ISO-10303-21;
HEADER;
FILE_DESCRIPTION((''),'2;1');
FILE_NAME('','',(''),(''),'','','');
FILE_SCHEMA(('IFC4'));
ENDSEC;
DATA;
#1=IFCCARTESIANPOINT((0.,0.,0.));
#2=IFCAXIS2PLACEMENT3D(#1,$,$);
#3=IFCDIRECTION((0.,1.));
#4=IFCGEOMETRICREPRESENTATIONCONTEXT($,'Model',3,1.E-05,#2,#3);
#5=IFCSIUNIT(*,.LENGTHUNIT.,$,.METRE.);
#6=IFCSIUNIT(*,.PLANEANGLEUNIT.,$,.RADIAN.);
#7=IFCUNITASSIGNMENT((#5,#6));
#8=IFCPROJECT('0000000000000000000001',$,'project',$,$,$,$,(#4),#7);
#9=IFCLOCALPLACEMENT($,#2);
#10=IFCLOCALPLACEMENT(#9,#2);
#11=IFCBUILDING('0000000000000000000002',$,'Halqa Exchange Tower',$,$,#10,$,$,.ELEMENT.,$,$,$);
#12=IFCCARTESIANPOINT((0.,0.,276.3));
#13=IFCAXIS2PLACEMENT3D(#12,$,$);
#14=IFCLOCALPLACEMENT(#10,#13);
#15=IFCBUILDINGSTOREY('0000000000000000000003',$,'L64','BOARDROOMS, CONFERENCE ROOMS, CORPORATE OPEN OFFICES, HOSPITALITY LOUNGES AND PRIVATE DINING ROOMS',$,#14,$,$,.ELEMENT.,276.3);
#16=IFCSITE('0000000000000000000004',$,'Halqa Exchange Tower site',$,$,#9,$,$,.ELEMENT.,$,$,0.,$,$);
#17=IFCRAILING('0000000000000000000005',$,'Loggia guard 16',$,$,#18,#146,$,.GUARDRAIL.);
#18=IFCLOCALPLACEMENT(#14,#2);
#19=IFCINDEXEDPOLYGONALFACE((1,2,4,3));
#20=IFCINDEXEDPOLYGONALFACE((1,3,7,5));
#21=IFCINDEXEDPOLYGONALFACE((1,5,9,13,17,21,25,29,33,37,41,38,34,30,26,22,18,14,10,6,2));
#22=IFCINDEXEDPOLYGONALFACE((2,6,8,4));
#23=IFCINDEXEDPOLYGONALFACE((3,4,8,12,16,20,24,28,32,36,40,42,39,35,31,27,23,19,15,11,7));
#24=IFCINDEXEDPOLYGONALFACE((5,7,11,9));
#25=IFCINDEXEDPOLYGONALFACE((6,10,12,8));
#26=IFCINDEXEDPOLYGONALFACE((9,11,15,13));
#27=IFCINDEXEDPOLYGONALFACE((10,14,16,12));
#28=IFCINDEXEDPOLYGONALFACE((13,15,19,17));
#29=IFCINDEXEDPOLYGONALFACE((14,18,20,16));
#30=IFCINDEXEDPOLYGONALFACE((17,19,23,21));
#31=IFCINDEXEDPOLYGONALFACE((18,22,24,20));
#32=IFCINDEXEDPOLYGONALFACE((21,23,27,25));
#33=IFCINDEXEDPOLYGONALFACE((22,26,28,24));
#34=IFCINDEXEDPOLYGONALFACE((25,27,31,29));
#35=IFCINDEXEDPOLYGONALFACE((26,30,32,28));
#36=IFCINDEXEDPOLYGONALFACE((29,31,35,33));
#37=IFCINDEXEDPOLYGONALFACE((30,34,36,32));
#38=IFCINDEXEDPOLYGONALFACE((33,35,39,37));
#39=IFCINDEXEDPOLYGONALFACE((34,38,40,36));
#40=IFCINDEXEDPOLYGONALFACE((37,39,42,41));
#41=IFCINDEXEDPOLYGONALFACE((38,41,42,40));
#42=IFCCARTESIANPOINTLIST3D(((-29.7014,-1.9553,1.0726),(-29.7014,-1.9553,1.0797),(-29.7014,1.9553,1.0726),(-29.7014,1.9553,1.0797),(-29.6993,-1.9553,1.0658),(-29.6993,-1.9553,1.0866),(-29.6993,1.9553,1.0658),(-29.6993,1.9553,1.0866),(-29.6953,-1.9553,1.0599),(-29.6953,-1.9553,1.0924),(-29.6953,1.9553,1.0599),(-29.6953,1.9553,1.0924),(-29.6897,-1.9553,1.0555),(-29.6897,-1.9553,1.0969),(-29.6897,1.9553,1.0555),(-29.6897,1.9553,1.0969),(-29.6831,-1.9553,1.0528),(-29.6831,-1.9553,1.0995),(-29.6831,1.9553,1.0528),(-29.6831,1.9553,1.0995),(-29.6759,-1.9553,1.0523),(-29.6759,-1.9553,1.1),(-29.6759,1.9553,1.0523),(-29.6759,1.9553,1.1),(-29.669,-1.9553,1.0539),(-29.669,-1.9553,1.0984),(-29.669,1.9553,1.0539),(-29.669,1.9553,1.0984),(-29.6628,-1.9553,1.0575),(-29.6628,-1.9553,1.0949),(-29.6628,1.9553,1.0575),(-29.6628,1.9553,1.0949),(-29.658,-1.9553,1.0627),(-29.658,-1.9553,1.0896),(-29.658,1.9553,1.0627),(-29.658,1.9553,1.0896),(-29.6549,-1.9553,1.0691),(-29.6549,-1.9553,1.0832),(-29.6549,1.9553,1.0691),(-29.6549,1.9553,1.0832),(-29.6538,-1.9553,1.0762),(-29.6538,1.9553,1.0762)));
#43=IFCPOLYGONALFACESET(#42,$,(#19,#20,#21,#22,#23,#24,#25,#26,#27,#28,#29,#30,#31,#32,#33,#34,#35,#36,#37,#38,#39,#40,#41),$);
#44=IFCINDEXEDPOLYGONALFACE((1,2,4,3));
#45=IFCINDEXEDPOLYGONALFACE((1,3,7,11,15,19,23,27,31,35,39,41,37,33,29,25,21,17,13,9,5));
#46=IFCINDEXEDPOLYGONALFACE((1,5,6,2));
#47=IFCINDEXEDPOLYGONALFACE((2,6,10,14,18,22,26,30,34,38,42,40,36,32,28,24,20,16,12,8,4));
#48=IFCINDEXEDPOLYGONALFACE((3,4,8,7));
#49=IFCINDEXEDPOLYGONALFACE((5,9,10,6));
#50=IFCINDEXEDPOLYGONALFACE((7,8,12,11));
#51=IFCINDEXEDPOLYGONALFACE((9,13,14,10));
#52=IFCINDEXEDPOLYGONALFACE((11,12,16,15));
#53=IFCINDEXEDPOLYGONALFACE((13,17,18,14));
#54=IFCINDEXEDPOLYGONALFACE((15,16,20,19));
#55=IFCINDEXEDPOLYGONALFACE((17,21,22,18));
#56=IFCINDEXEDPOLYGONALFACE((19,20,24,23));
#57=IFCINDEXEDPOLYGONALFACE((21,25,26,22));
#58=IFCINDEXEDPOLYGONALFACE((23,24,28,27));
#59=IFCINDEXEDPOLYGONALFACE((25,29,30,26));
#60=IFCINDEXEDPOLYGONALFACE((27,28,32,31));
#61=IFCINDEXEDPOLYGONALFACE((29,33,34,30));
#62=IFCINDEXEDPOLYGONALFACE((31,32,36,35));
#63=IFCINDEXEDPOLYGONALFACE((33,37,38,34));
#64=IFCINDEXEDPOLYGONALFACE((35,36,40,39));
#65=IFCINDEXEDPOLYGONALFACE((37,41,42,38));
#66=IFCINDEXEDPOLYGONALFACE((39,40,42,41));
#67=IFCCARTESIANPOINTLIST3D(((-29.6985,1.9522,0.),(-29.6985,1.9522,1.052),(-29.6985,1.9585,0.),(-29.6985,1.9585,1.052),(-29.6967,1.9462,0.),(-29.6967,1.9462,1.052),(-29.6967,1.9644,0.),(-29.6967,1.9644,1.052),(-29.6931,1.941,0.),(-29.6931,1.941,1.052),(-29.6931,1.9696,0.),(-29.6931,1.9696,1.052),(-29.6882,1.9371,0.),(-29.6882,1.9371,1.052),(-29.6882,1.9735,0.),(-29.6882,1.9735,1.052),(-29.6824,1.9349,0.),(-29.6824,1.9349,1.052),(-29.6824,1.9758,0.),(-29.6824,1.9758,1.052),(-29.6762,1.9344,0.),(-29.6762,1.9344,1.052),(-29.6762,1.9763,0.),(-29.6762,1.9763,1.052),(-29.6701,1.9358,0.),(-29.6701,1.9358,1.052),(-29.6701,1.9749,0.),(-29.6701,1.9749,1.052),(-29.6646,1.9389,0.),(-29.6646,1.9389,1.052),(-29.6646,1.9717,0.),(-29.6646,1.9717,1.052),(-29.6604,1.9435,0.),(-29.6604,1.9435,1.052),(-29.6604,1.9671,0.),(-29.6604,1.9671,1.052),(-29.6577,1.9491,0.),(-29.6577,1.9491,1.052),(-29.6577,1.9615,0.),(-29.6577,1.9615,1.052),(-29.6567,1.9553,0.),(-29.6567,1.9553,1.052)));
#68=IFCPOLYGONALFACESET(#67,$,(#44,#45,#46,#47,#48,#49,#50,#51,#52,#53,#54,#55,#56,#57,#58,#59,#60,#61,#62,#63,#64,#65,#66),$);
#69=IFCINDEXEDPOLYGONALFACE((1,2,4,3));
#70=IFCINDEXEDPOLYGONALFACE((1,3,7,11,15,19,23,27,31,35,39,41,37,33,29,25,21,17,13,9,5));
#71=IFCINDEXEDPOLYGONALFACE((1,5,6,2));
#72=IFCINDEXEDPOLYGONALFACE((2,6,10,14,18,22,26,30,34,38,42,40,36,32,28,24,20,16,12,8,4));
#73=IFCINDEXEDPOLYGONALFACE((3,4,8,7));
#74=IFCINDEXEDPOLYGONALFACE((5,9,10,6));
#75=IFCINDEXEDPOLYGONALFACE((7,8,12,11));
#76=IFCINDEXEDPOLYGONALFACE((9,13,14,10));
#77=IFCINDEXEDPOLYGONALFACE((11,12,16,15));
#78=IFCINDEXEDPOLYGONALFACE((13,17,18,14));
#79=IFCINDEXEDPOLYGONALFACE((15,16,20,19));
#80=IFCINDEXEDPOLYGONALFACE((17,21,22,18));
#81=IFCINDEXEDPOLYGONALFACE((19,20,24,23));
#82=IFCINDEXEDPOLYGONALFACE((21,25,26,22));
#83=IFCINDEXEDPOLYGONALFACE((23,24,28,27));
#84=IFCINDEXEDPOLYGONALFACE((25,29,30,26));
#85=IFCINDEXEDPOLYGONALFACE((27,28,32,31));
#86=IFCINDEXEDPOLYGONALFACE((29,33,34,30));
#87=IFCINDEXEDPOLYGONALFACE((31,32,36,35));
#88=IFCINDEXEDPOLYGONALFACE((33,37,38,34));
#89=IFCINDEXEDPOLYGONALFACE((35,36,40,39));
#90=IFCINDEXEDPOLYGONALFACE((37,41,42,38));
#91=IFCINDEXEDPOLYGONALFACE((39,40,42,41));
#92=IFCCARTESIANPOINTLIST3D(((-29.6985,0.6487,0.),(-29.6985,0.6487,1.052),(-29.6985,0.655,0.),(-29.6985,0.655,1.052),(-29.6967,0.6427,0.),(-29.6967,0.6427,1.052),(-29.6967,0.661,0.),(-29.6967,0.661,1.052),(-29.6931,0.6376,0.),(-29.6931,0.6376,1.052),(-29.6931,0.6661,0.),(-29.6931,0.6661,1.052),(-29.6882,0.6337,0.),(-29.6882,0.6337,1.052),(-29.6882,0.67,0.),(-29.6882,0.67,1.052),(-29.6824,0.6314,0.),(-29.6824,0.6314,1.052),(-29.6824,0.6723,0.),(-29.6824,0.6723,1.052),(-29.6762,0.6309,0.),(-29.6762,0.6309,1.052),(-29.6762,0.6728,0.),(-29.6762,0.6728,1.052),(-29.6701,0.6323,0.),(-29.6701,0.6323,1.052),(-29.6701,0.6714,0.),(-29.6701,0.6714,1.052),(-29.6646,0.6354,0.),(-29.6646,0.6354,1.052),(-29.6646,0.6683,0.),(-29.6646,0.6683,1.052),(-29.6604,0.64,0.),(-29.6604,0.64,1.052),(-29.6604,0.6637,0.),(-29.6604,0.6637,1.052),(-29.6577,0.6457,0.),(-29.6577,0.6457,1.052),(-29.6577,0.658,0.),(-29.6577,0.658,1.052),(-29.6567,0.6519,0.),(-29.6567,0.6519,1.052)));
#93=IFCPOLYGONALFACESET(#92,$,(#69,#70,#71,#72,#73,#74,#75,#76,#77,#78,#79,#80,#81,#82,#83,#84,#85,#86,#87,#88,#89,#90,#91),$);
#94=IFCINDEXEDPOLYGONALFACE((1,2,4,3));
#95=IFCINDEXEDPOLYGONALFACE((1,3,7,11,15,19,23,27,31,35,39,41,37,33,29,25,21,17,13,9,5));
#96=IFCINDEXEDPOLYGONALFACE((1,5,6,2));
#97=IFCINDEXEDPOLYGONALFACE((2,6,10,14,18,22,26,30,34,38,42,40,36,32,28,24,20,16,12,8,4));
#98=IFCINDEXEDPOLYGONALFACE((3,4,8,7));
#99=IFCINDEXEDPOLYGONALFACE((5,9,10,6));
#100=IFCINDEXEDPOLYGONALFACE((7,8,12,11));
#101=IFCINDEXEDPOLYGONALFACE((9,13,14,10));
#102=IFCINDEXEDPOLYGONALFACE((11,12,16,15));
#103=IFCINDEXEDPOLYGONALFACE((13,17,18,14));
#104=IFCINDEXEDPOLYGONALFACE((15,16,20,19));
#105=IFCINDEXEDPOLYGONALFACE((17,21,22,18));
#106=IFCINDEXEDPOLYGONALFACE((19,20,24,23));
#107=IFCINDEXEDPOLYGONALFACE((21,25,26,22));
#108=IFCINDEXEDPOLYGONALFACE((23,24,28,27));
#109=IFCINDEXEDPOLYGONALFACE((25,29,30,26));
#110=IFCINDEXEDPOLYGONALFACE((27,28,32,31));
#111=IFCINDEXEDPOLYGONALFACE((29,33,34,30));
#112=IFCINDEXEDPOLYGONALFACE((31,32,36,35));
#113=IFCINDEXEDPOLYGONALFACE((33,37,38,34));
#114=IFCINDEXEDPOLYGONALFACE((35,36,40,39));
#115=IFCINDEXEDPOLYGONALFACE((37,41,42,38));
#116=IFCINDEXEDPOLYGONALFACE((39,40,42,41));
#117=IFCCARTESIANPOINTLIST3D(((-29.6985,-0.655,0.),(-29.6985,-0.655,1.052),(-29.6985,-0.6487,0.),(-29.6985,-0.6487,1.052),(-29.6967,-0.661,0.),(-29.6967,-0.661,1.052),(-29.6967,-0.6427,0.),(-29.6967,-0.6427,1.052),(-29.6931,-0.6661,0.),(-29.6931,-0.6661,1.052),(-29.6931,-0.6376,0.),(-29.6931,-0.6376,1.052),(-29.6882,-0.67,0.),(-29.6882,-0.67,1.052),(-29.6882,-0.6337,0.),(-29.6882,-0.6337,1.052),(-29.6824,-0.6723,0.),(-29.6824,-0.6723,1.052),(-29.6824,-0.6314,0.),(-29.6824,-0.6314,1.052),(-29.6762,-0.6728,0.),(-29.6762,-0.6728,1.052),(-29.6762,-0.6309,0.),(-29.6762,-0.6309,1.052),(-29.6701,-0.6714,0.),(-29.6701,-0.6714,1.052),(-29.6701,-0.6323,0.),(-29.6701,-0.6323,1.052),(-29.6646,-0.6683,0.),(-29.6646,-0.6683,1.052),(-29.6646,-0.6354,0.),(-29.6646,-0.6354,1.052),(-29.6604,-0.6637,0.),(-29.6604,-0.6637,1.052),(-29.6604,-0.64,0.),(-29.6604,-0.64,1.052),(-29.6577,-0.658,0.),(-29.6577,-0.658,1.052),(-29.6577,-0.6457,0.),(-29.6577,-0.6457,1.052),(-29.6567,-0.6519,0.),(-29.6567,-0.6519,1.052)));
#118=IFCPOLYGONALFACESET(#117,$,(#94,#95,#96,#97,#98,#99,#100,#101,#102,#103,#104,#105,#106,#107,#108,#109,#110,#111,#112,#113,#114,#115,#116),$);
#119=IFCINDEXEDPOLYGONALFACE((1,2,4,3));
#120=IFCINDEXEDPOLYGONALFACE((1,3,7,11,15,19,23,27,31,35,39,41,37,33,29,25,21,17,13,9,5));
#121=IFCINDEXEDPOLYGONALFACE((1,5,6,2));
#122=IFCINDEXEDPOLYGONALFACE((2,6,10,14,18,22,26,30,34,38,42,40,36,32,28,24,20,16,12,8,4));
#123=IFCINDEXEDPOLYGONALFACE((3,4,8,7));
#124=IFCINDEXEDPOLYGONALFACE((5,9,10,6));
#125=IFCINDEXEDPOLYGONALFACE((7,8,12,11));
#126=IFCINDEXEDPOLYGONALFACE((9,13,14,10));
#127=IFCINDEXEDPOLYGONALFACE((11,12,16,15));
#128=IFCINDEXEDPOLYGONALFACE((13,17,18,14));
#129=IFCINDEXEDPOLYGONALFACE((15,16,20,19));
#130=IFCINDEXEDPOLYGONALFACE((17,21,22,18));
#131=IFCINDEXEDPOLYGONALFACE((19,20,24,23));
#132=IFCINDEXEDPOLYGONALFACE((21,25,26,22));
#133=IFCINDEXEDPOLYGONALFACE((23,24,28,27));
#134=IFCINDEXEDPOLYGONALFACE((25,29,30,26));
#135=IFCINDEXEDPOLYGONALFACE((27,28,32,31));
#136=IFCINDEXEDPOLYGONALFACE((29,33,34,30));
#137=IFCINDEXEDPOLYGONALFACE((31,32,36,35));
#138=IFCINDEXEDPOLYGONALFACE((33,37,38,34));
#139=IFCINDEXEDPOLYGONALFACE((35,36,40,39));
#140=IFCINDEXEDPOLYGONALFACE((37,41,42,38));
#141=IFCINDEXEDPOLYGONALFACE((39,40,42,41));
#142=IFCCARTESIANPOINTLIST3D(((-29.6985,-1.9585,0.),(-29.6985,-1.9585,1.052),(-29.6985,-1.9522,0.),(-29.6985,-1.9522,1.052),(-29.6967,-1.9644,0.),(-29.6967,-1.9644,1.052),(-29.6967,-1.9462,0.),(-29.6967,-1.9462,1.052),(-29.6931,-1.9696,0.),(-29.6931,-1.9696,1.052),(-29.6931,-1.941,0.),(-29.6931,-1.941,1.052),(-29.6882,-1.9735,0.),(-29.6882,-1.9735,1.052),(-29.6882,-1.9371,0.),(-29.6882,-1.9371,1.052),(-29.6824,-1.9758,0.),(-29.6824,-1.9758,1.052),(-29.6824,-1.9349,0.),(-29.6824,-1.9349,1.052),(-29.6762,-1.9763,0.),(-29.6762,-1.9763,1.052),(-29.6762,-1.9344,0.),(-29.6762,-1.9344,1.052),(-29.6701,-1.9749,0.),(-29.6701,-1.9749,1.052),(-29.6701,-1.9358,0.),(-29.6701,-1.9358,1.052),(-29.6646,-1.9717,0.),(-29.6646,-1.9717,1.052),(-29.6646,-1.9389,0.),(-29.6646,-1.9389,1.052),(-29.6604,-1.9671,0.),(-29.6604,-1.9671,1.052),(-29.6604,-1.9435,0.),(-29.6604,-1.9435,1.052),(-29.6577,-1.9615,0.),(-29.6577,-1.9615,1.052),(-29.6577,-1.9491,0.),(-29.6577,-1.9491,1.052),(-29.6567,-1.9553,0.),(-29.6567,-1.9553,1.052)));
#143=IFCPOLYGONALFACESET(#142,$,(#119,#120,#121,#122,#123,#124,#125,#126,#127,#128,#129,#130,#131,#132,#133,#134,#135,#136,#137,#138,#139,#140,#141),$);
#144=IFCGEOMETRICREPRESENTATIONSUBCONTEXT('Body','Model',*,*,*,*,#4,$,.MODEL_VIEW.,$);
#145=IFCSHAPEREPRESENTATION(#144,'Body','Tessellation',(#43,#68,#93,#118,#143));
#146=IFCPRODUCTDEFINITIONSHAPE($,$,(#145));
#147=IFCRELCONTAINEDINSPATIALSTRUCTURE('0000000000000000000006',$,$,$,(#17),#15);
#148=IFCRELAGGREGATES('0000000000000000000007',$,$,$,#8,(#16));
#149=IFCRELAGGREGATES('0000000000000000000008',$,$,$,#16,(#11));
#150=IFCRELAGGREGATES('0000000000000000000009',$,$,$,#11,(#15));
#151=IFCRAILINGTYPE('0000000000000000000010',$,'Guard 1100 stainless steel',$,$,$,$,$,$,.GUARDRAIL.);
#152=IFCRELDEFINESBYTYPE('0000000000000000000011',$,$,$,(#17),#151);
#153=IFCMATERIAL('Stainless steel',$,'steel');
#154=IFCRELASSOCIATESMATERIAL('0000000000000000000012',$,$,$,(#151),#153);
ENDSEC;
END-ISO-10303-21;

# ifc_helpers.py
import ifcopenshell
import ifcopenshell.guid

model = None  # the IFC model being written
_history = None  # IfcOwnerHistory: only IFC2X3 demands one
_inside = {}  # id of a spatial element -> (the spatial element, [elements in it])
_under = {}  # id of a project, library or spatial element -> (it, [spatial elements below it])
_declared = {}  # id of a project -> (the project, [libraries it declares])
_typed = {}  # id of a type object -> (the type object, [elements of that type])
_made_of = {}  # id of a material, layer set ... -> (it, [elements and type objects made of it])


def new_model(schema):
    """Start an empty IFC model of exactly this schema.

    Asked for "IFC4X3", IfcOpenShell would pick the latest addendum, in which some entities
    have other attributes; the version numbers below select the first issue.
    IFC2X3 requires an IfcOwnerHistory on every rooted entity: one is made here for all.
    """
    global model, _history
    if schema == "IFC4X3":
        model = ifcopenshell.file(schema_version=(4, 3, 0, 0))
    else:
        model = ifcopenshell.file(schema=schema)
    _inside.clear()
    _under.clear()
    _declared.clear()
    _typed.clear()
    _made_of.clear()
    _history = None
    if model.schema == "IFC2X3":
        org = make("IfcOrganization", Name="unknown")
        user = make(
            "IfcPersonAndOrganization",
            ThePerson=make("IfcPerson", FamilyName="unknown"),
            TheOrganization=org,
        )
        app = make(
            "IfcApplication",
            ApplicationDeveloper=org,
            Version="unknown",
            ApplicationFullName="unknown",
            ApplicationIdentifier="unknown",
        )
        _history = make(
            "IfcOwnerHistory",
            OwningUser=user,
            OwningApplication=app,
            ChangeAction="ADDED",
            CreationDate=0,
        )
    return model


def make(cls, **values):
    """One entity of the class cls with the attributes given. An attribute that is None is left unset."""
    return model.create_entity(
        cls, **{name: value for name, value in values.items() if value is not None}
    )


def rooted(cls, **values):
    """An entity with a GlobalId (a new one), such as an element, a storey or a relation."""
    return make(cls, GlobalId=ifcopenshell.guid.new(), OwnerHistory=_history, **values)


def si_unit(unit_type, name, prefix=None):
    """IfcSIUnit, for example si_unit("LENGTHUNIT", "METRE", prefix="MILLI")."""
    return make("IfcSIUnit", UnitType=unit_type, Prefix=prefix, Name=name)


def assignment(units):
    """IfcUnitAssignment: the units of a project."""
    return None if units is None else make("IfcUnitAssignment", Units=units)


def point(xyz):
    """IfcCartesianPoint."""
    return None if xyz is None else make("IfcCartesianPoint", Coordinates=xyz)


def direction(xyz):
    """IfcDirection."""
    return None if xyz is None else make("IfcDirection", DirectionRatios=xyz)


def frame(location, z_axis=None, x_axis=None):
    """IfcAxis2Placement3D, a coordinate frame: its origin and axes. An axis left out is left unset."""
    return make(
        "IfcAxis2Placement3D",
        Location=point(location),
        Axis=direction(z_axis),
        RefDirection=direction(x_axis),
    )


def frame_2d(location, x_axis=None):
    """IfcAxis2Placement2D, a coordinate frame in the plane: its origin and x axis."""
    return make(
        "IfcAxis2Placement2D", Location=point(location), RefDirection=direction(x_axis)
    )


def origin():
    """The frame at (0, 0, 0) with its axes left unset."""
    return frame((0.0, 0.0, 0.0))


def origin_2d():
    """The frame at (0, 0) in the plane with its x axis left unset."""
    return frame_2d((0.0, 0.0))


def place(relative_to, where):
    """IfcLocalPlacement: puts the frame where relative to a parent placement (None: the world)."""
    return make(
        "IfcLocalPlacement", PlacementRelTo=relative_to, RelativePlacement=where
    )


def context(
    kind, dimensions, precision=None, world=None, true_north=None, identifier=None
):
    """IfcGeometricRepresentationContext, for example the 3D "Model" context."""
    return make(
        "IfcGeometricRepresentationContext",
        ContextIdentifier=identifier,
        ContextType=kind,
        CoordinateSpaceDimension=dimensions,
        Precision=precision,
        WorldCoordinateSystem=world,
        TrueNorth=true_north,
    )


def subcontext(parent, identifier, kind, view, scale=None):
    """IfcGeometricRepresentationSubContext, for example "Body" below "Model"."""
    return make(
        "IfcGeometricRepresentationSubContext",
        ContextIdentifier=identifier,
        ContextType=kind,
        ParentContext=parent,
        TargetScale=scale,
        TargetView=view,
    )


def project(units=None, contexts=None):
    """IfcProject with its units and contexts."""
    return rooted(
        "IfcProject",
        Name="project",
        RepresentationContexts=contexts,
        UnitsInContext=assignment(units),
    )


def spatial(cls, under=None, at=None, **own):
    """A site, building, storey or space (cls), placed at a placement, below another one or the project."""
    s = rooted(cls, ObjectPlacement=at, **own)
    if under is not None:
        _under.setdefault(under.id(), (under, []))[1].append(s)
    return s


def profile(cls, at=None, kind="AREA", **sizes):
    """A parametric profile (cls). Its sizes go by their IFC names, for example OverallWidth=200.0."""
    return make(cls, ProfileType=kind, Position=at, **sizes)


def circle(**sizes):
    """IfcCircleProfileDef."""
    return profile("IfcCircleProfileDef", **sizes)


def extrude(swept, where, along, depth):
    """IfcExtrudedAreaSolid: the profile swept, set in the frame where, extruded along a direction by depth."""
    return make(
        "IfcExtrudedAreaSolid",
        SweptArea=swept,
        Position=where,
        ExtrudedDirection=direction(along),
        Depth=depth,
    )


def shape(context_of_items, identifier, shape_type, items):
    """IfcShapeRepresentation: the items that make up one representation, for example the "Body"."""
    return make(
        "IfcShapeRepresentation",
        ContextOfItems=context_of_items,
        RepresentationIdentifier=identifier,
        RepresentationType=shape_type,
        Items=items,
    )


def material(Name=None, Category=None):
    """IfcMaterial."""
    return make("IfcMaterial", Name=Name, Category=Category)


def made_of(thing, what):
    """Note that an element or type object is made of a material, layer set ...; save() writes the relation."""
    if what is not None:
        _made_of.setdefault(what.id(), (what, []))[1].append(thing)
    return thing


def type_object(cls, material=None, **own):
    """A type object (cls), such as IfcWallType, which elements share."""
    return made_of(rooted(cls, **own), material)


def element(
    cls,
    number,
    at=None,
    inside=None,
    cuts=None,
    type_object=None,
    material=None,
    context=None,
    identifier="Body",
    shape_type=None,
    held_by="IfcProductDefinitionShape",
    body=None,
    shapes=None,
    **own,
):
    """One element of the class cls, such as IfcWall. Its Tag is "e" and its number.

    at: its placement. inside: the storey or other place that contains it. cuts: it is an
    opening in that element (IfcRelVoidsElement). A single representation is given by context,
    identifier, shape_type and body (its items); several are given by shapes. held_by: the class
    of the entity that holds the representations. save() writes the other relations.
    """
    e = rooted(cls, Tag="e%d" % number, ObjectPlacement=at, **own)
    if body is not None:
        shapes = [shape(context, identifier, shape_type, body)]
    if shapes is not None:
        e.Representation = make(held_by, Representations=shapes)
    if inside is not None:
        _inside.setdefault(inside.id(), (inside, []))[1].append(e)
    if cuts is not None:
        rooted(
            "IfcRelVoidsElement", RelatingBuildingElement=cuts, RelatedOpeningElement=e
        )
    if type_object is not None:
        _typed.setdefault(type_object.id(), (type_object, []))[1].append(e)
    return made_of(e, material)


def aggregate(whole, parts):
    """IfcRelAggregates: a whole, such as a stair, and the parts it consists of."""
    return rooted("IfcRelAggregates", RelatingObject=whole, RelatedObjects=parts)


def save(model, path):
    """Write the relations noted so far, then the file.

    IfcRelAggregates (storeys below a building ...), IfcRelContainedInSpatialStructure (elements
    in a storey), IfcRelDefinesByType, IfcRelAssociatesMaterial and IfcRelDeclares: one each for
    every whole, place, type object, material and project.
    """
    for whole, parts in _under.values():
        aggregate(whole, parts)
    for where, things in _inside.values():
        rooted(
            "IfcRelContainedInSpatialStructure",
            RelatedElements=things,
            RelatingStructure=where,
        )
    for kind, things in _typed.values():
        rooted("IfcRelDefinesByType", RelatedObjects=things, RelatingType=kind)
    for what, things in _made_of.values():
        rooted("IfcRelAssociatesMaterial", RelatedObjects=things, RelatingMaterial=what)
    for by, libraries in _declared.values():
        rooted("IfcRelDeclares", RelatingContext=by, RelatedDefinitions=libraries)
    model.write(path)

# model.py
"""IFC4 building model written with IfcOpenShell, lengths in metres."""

from ifc_helpers import new_model, si_unit, direction, frame, origin, origin_2d, place, context, subcontext, project, spatial, circle, extrude, material, type_object, element, save


model = new_model("IFC4")

# Units and contexts
model_context = context("Model", 3, precision=1e-05, world=origin(), true_north=direction((0.0, 1.0)))
body_context = subcontext(model_context, "Body", "Model", "MODEL_VIEW")
ifc_project = project(units=[si_unit("LENGTHUNIT", "METRE"), si_unit("PLANEANGLEUNIT", "RADIAN")], contexts=[model_context])

# Site, building, storey
site_placement = place(None, origin())
site = spatial("IfcSite", under=ifc_project, at=site_placement, Name="Halqa Exchange Tower site", CompositionType="ELEMENT", RefElevation=0.0)
building_placement = place(site_placement, origin())
building = spatial("IfcBuilding", under=site, at=building_placement, Name="Halqa Exchange Tower", CompositionType="ELEMENT")
storey_placement = place(building_placement, frame((0.0, 0.0, 276.3)))
storey = spatial("IfcBuildingStorey", under=building, at=storey_placement, Name="L64", Description="BOARDROOMS, CONFERENCE ROOMS, CORPORATE OPEN OFFICES, HOSPITALITY LOUNGES AND PRIVATE DINING ROOMS", CompositionType="ELEMENT", Elevation=276.3)

# Railing
ifc_material_1 = material(Name="Stainless steel", Category="steel")
railing_type = type_object("IfcRailingType", Name="Guard 1100 stainless steel", PredefinedType="GUARDRAIL", material=ifc_material_1)
railing_1_placement = place(storey_placement, frame((-29.6777, 1.9553, 0.0)))
element("IfcRailing", 1, at=railing_1_placement, inside=storey, type_object=railing_type, Name="Loggia guard 16", PredefinedType="GUARDRAIL", context=body_context, shape_type="SweptSolid", body=[
    extrude(circle(Radius=0.0239, at=origin_2d()), frame((0.0, 0.0, 1.0762), z_axis=(0.0, -1.0, 0.0), x_axis=(1.0, 0.0, 0.0)), (0.0, 0.0, 1.0), 3.9106),
    extrude(circle(Radius=0.021, at=origin_2d()), origin(), (0.0, 0.0, 1.0), 1.052),
    extrude(circle(Radius=0.021, at=origin_2d()), frame((0.0, -1.3035, 0.0)), (0.0, 0.0, 1.0), 1.052),
    extrude(circle(Radius=0.021, at=origin_2d()), frame((0.0, -2.6072, 0.0)), (0.0, 0.0, 1.0), 1.052),
    extrude(circle(Radius=0.021, at=origin_2d()), frame((0.0, -3.9106, 0.0)), (0.0, 0.0, 1.0), 1.052),
])

save(model, "model.ifc")
